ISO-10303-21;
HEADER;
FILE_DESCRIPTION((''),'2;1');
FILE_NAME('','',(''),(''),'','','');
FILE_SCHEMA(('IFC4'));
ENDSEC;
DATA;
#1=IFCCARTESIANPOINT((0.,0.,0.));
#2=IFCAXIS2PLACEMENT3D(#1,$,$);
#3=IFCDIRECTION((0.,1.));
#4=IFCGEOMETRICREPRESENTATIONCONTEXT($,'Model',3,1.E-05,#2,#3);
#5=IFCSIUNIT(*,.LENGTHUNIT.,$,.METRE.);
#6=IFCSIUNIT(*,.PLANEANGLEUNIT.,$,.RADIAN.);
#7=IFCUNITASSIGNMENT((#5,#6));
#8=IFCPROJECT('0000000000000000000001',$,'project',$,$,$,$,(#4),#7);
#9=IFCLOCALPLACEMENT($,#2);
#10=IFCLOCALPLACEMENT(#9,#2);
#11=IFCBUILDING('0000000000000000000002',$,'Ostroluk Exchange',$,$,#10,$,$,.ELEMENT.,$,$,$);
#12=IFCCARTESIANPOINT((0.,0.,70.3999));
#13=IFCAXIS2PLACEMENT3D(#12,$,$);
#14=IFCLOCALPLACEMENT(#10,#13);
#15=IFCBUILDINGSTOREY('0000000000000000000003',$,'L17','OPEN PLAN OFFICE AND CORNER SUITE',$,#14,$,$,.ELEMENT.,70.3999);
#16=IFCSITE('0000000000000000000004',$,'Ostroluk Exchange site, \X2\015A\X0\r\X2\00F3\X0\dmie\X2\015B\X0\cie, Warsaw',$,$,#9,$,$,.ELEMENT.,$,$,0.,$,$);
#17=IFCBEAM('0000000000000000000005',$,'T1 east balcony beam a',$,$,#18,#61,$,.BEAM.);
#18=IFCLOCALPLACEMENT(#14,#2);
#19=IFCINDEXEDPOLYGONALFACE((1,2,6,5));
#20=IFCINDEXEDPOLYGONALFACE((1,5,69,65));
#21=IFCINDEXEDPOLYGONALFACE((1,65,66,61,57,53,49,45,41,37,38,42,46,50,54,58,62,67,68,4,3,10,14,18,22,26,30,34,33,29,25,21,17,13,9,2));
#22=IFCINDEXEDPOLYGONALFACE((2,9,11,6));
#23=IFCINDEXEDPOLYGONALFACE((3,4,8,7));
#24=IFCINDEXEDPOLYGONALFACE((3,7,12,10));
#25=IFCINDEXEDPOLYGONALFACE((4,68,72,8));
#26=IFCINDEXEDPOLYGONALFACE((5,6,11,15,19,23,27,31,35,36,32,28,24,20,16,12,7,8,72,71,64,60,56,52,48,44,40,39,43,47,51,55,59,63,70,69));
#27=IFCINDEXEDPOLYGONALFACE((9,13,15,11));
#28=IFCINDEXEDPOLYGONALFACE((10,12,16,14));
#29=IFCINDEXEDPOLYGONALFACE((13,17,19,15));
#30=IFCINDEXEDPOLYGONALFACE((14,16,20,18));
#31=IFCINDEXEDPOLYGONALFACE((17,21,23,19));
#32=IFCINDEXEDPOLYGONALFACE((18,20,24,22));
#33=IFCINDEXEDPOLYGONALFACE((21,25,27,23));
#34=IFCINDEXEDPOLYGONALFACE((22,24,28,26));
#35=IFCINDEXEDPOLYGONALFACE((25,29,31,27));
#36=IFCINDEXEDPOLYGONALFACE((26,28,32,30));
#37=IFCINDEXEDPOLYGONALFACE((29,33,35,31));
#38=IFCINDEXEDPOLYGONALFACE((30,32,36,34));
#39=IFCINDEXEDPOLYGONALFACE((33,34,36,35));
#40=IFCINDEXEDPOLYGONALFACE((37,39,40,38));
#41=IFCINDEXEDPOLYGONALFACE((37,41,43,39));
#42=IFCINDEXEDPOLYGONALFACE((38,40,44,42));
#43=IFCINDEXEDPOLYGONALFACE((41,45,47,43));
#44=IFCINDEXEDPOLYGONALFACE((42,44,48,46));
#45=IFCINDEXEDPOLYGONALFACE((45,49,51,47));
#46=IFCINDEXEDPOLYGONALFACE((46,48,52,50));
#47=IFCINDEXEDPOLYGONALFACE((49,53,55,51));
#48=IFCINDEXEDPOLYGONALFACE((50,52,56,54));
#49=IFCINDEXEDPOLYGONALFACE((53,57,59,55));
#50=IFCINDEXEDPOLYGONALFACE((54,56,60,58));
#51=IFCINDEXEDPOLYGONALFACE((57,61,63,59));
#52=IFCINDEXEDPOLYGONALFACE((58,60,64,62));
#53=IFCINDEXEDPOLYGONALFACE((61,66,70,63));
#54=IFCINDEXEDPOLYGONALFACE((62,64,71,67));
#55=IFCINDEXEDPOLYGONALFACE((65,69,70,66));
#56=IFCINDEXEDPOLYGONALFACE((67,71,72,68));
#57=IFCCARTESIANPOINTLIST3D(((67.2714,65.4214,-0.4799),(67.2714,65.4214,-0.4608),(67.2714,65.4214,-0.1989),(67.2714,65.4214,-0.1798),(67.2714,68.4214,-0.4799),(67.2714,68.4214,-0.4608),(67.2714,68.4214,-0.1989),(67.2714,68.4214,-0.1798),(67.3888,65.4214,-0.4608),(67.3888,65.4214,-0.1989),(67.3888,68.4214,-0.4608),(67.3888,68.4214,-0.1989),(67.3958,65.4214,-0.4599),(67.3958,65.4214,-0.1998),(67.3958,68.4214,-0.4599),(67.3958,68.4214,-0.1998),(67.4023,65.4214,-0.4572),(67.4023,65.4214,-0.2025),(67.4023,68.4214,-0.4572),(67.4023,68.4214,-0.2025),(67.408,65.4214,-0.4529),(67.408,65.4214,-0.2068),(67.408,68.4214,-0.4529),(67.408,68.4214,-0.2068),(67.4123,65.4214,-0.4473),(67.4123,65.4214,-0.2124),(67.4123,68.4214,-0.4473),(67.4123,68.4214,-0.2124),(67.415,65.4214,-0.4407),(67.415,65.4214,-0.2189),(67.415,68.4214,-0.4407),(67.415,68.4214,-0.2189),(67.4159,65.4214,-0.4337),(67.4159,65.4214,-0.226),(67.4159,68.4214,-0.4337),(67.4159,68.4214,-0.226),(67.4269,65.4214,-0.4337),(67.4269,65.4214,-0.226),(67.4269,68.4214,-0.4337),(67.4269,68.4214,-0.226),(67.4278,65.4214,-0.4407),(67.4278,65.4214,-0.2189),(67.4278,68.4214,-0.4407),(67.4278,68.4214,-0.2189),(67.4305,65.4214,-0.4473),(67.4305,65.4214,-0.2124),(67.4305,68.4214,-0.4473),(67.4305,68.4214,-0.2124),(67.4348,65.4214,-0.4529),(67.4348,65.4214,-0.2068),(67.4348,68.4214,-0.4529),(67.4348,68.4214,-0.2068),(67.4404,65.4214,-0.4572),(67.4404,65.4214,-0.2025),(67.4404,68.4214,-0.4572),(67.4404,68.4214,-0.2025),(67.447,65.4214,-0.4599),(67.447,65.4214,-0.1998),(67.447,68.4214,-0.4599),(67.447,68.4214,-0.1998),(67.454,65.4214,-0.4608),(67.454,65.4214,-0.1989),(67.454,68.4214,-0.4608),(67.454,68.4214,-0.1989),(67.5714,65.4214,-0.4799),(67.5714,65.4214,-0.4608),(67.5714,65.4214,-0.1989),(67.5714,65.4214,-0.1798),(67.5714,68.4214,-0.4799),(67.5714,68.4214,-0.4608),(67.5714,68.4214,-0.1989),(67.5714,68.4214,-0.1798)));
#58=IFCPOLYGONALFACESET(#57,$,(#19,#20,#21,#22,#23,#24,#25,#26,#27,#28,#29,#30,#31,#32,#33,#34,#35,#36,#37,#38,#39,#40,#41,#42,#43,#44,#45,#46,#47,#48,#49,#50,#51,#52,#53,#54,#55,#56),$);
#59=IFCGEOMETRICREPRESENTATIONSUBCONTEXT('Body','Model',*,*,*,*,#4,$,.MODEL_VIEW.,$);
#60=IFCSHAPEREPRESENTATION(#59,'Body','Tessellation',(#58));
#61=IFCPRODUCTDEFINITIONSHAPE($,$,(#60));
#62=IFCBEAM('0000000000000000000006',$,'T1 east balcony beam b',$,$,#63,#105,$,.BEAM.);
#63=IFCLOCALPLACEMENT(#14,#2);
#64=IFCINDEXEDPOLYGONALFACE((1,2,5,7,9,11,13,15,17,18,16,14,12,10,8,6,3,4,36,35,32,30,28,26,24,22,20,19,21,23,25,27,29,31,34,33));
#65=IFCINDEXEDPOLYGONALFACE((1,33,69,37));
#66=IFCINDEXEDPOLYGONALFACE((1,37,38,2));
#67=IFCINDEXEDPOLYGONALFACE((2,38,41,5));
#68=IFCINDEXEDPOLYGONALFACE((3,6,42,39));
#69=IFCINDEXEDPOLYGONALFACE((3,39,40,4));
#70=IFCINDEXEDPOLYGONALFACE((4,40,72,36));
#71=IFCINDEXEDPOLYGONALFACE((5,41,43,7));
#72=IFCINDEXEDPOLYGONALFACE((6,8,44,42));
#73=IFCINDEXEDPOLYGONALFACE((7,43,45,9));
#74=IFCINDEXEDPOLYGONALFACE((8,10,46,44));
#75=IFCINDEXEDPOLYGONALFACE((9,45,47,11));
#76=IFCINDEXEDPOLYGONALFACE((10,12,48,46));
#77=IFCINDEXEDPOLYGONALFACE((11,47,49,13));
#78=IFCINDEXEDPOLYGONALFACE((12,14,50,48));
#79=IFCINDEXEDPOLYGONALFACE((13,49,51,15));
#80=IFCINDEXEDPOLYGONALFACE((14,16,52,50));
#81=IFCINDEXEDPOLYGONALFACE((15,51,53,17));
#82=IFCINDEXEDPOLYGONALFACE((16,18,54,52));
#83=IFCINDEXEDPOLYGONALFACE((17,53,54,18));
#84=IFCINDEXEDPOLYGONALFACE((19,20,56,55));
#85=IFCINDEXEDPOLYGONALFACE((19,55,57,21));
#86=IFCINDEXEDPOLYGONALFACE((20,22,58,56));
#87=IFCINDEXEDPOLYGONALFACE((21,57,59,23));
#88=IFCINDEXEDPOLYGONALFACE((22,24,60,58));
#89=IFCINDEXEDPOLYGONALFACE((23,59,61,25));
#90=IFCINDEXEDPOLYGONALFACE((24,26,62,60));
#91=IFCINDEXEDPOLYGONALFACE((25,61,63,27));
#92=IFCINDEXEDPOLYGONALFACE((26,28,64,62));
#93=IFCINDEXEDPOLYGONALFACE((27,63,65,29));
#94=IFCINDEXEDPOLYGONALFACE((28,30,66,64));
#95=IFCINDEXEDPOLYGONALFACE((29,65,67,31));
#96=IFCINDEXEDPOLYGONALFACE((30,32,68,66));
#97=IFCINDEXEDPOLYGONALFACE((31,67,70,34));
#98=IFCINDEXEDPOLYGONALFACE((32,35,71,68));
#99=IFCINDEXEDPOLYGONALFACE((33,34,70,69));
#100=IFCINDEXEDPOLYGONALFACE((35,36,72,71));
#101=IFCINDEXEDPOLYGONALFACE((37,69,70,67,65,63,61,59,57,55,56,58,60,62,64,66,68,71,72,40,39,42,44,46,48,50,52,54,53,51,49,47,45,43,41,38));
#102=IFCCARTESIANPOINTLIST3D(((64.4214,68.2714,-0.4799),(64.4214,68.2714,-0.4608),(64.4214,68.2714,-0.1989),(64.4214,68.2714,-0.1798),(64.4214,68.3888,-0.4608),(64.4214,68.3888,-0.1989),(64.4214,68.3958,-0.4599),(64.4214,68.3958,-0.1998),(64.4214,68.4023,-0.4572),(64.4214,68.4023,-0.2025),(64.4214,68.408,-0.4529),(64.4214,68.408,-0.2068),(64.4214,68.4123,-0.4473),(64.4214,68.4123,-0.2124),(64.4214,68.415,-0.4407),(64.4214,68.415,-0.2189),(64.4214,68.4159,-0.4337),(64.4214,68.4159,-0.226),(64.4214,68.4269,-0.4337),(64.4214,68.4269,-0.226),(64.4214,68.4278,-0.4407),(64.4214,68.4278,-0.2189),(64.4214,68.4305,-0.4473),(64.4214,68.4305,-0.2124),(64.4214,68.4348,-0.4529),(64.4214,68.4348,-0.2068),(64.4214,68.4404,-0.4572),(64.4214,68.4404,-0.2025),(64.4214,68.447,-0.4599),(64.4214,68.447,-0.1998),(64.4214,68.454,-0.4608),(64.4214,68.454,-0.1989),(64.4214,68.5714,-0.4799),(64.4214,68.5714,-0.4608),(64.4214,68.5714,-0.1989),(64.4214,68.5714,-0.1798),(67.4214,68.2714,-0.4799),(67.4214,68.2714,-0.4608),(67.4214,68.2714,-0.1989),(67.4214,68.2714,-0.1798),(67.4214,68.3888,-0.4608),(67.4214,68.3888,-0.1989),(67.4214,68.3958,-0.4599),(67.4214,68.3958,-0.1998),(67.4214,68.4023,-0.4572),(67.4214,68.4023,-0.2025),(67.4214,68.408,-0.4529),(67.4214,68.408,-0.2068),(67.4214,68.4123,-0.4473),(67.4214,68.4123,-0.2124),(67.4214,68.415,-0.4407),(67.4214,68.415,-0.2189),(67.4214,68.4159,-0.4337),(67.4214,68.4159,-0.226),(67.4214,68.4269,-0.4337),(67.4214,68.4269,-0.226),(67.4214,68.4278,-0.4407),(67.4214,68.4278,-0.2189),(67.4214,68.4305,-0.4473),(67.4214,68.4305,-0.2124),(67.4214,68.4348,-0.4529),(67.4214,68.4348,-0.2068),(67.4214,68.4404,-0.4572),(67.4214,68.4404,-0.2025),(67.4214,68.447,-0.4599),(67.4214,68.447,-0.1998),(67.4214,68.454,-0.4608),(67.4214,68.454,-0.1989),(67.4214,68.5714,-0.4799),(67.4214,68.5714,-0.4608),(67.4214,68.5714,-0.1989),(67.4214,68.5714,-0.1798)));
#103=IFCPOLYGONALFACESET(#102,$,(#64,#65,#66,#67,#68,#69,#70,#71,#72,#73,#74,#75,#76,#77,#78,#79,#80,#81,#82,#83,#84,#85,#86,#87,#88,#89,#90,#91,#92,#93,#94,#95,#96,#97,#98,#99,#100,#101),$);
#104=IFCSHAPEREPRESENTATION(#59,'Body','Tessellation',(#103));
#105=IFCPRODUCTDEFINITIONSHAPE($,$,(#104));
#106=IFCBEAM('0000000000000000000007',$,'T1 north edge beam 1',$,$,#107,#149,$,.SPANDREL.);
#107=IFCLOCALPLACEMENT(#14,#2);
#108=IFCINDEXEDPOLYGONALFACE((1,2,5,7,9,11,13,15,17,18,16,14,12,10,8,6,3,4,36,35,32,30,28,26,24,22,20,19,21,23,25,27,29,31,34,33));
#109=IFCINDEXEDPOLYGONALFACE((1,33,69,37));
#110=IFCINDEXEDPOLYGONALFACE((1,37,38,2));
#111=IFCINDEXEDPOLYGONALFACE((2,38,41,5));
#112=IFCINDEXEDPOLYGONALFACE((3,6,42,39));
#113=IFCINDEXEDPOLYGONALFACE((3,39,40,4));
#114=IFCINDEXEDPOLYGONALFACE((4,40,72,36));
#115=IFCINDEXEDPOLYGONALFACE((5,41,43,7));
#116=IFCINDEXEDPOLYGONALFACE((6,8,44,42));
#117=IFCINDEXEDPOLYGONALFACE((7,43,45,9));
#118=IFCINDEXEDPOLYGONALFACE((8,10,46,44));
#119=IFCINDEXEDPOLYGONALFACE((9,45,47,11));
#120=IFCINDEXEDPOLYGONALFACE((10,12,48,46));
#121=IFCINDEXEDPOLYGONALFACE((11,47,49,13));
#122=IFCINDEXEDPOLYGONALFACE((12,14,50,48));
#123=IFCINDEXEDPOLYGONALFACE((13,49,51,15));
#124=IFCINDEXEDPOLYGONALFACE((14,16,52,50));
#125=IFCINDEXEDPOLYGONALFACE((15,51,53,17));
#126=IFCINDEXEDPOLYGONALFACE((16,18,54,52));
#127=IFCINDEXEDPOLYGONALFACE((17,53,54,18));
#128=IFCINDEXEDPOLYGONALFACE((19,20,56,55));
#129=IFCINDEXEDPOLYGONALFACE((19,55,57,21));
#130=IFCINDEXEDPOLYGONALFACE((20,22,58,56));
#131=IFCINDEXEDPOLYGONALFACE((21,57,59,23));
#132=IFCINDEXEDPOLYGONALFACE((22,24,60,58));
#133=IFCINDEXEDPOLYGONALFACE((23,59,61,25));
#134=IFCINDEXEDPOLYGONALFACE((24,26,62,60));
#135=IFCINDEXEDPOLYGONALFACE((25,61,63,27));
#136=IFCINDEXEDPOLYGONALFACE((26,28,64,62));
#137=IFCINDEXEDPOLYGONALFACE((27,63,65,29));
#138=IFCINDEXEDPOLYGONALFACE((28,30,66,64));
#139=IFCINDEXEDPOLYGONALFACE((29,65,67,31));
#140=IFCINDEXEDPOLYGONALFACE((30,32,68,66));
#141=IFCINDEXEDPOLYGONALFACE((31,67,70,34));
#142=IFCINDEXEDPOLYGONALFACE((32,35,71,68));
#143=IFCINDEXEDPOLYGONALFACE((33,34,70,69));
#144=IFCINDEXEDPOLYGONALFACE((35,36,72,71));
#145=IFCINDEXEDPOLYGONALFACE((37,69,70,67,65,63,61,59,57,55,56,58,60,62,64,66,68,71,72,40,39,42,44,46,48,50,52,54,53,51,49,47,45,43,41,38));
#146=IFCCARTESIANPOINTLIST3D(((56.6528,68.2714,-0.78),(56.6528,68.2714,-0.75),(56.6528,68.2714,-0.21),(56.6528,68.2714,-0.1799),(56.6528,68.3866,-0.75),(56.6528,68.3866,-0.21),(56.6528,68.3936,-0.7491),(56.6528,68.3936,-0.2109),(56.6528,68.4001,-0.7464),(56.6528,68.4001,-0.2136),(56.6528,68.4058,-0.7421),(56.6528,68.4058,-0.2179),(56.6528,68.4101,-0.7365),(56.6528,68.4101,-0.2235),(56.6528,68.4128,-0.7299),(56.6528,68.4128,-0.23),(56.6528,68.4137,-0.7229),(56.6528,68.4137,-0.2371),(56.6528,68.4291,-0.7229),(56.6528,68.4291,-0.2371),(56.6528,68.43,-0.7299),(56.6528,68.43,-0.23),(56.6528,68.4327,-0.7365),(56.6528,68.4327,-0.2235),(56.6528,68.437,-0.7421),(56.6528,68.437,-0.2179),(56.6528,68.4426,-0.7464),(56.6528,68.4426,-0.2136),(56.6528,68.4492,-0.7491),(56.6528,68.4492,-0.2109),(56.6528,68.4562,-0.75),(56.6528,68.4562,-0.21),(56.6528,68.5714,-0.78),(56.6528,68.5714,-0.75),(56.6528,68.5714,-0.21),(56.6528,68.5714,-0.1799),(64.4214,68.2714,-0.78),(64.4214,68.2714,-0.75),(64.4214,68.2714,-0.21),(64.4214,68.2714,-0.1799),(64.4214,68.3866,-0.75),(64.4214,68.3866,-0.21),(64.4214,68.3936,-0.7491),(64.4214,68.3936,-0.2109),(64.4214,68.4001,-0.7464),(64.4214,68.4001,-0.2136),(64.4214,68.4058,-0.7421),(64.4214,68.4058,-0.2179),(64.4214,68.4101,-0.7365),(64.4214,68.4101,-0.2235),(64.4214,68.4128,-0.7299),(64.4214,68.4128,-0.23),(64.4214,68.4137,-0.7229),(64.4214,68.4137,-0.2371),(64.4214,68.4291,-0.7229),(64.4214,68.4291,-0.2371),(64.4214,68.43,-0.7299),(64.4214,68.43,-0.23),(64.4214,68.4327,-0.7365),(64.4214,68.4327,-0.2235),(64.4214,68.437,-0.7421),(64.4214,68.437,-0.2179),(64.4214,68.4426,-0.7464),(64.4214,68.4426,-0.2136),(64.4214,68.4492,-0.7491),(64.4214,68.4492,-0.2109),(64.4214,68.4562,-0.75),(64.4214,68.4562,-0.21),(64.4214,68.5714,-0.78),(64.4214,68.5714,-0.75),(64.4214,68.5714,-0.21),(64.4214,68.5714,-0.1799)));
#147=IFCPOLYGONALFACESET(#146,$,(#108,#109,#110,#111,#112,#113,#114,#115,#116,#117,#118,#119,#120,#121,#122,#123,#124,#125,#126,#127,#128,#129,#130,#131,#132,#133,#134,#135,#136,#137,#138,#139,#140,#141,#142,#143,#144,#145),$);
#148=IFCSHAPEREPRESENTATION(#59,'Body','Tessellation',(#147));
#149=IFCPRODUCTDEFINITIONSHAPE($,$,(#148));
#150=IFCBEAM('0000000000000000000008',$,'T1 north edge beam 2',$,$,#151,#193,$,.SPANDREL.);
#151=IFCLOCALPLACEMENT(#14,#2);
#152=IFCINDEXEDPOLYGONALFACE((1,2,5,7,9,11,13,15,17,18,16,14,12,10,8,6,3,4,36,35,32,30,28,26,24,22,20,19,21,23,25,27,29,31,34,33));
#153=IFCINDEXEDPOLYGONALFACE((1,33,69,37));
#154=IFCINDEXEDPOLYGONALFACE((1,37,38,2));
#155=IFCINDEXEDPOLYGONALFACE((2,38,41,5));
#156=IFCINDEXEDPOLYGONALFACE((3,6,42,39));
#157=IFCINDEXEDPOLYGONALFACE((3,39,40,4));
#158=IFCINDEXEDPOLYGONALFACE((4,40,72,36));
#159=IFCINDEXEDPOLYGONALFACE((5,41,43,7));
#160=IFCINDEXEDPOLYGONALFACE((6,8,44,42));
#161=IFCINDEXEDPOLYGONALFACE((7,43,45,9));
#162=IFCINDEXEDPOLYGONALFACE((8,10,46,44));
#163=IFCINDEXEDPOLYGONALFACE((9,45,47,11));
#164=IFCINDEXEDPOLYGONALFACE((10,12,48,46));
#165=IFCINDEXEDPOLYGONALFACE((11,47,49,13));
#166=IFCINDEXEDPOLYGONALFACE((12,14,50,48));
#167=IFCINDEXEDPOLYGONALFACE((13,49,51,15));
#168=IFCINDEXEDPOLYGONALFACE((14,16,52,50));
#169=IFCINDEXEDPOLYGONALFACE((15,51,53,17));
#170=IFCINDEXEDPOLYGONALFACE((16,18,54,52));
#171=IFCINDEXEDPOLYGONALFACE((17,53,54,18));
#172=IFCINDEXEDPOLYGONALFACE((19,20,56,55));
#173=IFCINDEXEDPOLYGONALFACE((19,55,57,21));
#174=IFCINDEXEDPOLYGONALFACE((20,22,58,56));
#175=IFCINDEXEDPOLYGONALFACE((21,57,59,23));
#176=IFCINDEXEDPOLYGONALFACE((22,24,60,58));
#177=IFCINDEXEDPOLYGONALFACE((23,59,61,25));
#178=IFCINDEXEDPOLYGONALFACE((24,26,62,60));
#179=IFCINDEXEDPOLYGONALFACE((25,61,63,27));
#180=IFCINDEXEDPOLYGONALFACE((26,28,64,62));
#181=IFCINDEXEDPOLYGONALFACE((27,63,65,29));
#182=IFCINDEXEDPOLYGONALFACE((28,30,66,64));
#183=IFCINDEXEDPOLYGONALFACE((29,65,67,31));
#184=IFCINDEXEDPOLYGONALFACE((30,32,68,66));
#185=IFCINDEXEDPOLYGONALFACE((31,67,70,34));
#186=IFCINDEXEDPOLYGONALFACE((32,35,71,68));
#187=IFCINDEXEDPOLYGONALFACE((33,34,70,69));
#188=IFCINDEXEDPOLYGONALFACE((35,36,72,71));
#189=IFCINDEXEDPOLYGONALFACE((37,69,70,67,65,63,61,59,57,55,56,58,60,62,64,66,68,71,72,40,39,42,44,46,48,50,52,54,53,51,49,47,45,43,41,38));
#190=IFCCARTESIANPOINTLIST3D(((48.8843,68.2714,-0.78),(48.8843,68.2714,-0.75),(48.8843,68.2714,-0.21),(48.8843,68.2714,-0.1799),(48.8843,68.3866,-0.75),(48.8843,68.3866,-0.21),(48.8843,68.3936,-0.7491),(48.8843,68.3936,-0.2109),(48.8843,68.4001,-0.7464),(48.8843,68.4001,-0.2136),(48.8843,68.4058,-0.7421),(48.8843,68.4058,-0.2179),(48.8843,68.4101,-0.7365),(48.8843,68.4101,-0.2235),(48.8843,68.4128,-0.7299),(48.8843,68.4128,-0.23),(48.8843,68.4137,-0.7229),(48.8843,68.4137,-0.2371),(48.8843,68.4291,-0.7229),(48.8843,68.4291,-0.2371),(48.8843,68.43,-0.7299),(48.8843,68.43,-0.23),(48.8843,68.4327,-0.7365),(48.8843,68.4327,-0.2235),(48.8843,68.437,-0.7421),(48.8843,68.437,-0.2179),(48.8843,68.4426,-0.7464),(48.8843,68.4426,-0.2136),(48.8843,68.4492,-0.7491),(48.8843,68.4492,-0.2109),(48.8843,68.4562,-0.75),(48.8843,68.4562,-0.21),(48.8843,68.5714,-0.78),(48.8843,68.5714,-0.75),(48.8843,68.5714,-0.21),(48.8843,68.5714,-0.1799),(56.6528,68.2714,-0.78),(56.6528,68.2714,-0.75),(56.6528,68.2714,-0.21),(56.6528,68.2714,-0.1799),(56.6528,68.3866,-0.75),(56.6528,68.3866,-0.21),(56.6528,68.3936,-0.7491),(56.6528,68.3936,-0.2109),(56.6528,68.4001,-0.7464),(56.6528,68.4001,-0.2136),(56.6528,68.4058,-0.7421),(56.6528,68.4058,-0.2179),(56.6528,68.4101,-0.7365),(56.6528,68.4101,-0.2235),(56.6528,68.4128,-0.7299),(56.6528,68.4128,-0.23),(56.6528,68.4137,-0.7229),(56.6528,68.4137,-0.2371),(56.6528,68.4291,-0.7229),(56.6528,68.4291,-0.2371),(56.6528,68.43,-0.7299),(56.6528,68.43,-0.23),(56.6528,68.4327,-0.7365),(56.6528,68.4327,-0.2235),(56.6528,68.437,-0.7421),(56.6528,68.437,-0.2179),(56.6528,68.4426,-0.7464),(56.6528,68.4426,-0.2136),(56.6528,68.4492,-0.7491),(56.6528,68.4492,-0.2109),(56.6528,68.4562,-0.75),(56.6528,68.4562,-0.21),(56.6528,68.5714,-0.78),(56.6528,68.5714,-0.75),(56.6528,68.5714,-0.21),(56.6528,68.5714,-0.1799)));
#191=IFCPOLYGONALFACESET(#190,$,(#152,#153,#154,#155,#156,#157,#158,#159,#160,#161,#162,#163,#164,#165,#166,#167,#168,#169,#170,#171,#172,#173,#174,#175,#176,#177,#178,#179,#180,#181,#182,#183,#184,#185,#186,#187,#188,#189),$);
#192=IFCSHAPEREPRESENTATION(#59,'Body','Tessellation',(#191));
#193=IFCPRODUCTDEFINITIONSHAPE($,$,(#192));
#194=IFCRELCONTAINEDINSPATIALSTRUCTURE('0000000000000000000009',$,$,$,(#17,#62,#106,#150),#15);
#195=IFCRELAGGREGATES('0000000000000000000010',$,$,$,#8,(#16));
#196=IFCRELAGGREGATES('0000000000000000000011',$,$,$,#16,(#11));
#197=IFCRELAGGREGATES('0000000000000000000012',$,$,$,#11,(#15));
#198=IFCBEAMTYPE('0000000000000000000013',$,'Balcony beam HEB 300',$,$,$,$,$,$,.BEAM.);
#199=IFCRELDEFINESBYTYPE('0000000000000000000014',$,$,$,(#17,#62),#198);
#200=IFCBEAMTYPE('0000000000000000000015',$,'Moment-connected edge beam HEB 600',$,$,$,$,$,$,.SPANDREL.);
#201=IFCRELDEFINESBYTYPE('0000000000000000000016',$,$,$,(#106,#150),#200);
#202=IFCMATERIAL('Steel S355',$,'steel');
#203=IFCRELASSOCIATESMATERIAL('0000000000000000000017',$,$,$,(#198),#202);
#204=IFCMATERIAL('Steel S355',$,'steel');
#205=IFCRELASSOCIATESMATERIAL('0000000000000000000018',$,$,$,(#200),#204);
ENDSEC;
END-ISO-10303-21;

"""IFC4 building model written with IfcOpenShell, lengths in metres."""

from ifc_helpers import new_model, si_unit, direction, frame, origin, origin_2d, place, context, subcontext, project, spatial, i_section, extrude, material, material_profile, profile_set, type_object, element, save


model = new_model("IFC4")

# Units and contexts
model_context = context("Model", 3, precision=1e-05, world=origin(), true_north=direction((0.0, 1.0)))
body_context = subcontext(model_context, "Body", "Model", "MODEL_VIEW")
ifc_project = project(units=[si_unit("LENGTHUNIT", "METRE"), si_unit("PLANEANGLEUNIT", "RADIAN")], contexts=[model_context])

# Site, building, storey
site_placement = place(None, origin())
site = spatial("IfcSite", under=ifc_project, at=site_placement, Name="Ostroluk Exchange site, Śródmieście, Warsaw", CompositionType="ELEMENT", RefElevation=0.0)
building_placement = place(site_placement, origin())
building = spatial("IfcBuilding", under=site, at=building_placement, Name="Ostroluk Exchange", CompositionType="ELEMENT")
storey_placement = place(building_placement, frame((0.0, 0.0, 70.3999)))
storey = spatial("IfcBuildingStorey", under=building, at=storey_placement, Name="L17", Description="OPEN PLAN OFFICE AND CORNER SUITE", CompositionType="ELEMENT", Elevation=70.3999)

# Beams
ifc_material_1 = material(Name="Steel S355", Category="steel")
ifc_material_profile_1 = material_profile(ifc_material_1, i_section(OverallWidth=0.3, OverallDepth=0.3, WebThickness=0.011, FlangeThickness=0.019, FilletRadius=0.0271, at=origin_2d()), Name="HEB 300")
ifc_profile_set_1 = profile_set([ifc_material_profile_1], Name="Steel S355")
beam_type_1 = type_object("IfcBeamType", Name="Balcony beam HEB 300", PredefinedType="BEAM", material=ifc_profile_set_1)
for number, where, z_axis, x_axis, name in (
    (1, (67.4214, 65.4214, -0.3298), (0.0, 1.0, 0.0), (-1.0, 0.0, 0.0), "T1 east balcony beam a"),
    (2, (64.4214, 68.4214, -0.3298), (1.0, 0.0, 0.0), (0.0, 1.0, 0.0), "T1 east balcony beam b"),
):
    element("IfcBeam", number, at=place(storey_placement, frame(where, z_axis=z_axis, x_axis=x_axis)), inside=storey, type_object=beam_type_1, Name=name, PredefinedType="BEAM", context=body_context, shape_type="SweptSolid", body=[
        extrude(i_section(OverallWidth=0.3, OverallDepth=0.3, WebThickness=0.011, FlangeThickness=0.019, FilletRadius=0.0271, at=origin_2d()), origin(), (0.0, 0.0, 1.0), 3.0),
    ])
ifc_material_2 = material(Name="Steel S355", Category="steel")
ifc_material_profile_2 = material_profile(ifc_material_2, i_section(OverallWidth=0.3, OverallDepth=0.6001, WebThickness=0.0154, FlangeThickness=0.03, FilletRadius=0.0271, at=origin_2d()), Name="HEB 600")
ifc_profile_set_2 = profile_set([ifc_material_profile_2], Name="Steel S355")
beam_type_2 = type_object("IfcBeamType", Name="Moment-connected edge beam HEB 600", PredefinedType="SPANDREL", material=ifc_profile_set_2)
for number, where, z_axis, x_axis, name in (
    (3, (64.4214, 68.4214, -0.48), (-1.0, 0.0, 0.0), (0.0, -1.0, 0.0), "T1 north edge beam 1"),
    (4, (56.6528, 68.4214, -0.48), (-1.0, 0.0, 0.0), (0.0, -1.0, 0.0), "T1 north edge beam 2"),
):
    element("IfcBeam", number, at=place(storey_placement, frame(where, z_axis=z_axis, x_axis=x_axis)), inside=storey, type_object=beam_type_2, Name=name, PredefinedType="SPANDREL", context=body_context, shape_type="SweptSolid", body=[
        extrude(i_section(OverallWidth=0.3, OverallDepth=0.6001, WebThickness=0.0154, FlangeThickness=0.03, FilletRadius=0.0271, at=origin_2d()), origin(), (0.0, 0.0, 1.0), 7.7686),
    ])

save(model, "model.ifc")
